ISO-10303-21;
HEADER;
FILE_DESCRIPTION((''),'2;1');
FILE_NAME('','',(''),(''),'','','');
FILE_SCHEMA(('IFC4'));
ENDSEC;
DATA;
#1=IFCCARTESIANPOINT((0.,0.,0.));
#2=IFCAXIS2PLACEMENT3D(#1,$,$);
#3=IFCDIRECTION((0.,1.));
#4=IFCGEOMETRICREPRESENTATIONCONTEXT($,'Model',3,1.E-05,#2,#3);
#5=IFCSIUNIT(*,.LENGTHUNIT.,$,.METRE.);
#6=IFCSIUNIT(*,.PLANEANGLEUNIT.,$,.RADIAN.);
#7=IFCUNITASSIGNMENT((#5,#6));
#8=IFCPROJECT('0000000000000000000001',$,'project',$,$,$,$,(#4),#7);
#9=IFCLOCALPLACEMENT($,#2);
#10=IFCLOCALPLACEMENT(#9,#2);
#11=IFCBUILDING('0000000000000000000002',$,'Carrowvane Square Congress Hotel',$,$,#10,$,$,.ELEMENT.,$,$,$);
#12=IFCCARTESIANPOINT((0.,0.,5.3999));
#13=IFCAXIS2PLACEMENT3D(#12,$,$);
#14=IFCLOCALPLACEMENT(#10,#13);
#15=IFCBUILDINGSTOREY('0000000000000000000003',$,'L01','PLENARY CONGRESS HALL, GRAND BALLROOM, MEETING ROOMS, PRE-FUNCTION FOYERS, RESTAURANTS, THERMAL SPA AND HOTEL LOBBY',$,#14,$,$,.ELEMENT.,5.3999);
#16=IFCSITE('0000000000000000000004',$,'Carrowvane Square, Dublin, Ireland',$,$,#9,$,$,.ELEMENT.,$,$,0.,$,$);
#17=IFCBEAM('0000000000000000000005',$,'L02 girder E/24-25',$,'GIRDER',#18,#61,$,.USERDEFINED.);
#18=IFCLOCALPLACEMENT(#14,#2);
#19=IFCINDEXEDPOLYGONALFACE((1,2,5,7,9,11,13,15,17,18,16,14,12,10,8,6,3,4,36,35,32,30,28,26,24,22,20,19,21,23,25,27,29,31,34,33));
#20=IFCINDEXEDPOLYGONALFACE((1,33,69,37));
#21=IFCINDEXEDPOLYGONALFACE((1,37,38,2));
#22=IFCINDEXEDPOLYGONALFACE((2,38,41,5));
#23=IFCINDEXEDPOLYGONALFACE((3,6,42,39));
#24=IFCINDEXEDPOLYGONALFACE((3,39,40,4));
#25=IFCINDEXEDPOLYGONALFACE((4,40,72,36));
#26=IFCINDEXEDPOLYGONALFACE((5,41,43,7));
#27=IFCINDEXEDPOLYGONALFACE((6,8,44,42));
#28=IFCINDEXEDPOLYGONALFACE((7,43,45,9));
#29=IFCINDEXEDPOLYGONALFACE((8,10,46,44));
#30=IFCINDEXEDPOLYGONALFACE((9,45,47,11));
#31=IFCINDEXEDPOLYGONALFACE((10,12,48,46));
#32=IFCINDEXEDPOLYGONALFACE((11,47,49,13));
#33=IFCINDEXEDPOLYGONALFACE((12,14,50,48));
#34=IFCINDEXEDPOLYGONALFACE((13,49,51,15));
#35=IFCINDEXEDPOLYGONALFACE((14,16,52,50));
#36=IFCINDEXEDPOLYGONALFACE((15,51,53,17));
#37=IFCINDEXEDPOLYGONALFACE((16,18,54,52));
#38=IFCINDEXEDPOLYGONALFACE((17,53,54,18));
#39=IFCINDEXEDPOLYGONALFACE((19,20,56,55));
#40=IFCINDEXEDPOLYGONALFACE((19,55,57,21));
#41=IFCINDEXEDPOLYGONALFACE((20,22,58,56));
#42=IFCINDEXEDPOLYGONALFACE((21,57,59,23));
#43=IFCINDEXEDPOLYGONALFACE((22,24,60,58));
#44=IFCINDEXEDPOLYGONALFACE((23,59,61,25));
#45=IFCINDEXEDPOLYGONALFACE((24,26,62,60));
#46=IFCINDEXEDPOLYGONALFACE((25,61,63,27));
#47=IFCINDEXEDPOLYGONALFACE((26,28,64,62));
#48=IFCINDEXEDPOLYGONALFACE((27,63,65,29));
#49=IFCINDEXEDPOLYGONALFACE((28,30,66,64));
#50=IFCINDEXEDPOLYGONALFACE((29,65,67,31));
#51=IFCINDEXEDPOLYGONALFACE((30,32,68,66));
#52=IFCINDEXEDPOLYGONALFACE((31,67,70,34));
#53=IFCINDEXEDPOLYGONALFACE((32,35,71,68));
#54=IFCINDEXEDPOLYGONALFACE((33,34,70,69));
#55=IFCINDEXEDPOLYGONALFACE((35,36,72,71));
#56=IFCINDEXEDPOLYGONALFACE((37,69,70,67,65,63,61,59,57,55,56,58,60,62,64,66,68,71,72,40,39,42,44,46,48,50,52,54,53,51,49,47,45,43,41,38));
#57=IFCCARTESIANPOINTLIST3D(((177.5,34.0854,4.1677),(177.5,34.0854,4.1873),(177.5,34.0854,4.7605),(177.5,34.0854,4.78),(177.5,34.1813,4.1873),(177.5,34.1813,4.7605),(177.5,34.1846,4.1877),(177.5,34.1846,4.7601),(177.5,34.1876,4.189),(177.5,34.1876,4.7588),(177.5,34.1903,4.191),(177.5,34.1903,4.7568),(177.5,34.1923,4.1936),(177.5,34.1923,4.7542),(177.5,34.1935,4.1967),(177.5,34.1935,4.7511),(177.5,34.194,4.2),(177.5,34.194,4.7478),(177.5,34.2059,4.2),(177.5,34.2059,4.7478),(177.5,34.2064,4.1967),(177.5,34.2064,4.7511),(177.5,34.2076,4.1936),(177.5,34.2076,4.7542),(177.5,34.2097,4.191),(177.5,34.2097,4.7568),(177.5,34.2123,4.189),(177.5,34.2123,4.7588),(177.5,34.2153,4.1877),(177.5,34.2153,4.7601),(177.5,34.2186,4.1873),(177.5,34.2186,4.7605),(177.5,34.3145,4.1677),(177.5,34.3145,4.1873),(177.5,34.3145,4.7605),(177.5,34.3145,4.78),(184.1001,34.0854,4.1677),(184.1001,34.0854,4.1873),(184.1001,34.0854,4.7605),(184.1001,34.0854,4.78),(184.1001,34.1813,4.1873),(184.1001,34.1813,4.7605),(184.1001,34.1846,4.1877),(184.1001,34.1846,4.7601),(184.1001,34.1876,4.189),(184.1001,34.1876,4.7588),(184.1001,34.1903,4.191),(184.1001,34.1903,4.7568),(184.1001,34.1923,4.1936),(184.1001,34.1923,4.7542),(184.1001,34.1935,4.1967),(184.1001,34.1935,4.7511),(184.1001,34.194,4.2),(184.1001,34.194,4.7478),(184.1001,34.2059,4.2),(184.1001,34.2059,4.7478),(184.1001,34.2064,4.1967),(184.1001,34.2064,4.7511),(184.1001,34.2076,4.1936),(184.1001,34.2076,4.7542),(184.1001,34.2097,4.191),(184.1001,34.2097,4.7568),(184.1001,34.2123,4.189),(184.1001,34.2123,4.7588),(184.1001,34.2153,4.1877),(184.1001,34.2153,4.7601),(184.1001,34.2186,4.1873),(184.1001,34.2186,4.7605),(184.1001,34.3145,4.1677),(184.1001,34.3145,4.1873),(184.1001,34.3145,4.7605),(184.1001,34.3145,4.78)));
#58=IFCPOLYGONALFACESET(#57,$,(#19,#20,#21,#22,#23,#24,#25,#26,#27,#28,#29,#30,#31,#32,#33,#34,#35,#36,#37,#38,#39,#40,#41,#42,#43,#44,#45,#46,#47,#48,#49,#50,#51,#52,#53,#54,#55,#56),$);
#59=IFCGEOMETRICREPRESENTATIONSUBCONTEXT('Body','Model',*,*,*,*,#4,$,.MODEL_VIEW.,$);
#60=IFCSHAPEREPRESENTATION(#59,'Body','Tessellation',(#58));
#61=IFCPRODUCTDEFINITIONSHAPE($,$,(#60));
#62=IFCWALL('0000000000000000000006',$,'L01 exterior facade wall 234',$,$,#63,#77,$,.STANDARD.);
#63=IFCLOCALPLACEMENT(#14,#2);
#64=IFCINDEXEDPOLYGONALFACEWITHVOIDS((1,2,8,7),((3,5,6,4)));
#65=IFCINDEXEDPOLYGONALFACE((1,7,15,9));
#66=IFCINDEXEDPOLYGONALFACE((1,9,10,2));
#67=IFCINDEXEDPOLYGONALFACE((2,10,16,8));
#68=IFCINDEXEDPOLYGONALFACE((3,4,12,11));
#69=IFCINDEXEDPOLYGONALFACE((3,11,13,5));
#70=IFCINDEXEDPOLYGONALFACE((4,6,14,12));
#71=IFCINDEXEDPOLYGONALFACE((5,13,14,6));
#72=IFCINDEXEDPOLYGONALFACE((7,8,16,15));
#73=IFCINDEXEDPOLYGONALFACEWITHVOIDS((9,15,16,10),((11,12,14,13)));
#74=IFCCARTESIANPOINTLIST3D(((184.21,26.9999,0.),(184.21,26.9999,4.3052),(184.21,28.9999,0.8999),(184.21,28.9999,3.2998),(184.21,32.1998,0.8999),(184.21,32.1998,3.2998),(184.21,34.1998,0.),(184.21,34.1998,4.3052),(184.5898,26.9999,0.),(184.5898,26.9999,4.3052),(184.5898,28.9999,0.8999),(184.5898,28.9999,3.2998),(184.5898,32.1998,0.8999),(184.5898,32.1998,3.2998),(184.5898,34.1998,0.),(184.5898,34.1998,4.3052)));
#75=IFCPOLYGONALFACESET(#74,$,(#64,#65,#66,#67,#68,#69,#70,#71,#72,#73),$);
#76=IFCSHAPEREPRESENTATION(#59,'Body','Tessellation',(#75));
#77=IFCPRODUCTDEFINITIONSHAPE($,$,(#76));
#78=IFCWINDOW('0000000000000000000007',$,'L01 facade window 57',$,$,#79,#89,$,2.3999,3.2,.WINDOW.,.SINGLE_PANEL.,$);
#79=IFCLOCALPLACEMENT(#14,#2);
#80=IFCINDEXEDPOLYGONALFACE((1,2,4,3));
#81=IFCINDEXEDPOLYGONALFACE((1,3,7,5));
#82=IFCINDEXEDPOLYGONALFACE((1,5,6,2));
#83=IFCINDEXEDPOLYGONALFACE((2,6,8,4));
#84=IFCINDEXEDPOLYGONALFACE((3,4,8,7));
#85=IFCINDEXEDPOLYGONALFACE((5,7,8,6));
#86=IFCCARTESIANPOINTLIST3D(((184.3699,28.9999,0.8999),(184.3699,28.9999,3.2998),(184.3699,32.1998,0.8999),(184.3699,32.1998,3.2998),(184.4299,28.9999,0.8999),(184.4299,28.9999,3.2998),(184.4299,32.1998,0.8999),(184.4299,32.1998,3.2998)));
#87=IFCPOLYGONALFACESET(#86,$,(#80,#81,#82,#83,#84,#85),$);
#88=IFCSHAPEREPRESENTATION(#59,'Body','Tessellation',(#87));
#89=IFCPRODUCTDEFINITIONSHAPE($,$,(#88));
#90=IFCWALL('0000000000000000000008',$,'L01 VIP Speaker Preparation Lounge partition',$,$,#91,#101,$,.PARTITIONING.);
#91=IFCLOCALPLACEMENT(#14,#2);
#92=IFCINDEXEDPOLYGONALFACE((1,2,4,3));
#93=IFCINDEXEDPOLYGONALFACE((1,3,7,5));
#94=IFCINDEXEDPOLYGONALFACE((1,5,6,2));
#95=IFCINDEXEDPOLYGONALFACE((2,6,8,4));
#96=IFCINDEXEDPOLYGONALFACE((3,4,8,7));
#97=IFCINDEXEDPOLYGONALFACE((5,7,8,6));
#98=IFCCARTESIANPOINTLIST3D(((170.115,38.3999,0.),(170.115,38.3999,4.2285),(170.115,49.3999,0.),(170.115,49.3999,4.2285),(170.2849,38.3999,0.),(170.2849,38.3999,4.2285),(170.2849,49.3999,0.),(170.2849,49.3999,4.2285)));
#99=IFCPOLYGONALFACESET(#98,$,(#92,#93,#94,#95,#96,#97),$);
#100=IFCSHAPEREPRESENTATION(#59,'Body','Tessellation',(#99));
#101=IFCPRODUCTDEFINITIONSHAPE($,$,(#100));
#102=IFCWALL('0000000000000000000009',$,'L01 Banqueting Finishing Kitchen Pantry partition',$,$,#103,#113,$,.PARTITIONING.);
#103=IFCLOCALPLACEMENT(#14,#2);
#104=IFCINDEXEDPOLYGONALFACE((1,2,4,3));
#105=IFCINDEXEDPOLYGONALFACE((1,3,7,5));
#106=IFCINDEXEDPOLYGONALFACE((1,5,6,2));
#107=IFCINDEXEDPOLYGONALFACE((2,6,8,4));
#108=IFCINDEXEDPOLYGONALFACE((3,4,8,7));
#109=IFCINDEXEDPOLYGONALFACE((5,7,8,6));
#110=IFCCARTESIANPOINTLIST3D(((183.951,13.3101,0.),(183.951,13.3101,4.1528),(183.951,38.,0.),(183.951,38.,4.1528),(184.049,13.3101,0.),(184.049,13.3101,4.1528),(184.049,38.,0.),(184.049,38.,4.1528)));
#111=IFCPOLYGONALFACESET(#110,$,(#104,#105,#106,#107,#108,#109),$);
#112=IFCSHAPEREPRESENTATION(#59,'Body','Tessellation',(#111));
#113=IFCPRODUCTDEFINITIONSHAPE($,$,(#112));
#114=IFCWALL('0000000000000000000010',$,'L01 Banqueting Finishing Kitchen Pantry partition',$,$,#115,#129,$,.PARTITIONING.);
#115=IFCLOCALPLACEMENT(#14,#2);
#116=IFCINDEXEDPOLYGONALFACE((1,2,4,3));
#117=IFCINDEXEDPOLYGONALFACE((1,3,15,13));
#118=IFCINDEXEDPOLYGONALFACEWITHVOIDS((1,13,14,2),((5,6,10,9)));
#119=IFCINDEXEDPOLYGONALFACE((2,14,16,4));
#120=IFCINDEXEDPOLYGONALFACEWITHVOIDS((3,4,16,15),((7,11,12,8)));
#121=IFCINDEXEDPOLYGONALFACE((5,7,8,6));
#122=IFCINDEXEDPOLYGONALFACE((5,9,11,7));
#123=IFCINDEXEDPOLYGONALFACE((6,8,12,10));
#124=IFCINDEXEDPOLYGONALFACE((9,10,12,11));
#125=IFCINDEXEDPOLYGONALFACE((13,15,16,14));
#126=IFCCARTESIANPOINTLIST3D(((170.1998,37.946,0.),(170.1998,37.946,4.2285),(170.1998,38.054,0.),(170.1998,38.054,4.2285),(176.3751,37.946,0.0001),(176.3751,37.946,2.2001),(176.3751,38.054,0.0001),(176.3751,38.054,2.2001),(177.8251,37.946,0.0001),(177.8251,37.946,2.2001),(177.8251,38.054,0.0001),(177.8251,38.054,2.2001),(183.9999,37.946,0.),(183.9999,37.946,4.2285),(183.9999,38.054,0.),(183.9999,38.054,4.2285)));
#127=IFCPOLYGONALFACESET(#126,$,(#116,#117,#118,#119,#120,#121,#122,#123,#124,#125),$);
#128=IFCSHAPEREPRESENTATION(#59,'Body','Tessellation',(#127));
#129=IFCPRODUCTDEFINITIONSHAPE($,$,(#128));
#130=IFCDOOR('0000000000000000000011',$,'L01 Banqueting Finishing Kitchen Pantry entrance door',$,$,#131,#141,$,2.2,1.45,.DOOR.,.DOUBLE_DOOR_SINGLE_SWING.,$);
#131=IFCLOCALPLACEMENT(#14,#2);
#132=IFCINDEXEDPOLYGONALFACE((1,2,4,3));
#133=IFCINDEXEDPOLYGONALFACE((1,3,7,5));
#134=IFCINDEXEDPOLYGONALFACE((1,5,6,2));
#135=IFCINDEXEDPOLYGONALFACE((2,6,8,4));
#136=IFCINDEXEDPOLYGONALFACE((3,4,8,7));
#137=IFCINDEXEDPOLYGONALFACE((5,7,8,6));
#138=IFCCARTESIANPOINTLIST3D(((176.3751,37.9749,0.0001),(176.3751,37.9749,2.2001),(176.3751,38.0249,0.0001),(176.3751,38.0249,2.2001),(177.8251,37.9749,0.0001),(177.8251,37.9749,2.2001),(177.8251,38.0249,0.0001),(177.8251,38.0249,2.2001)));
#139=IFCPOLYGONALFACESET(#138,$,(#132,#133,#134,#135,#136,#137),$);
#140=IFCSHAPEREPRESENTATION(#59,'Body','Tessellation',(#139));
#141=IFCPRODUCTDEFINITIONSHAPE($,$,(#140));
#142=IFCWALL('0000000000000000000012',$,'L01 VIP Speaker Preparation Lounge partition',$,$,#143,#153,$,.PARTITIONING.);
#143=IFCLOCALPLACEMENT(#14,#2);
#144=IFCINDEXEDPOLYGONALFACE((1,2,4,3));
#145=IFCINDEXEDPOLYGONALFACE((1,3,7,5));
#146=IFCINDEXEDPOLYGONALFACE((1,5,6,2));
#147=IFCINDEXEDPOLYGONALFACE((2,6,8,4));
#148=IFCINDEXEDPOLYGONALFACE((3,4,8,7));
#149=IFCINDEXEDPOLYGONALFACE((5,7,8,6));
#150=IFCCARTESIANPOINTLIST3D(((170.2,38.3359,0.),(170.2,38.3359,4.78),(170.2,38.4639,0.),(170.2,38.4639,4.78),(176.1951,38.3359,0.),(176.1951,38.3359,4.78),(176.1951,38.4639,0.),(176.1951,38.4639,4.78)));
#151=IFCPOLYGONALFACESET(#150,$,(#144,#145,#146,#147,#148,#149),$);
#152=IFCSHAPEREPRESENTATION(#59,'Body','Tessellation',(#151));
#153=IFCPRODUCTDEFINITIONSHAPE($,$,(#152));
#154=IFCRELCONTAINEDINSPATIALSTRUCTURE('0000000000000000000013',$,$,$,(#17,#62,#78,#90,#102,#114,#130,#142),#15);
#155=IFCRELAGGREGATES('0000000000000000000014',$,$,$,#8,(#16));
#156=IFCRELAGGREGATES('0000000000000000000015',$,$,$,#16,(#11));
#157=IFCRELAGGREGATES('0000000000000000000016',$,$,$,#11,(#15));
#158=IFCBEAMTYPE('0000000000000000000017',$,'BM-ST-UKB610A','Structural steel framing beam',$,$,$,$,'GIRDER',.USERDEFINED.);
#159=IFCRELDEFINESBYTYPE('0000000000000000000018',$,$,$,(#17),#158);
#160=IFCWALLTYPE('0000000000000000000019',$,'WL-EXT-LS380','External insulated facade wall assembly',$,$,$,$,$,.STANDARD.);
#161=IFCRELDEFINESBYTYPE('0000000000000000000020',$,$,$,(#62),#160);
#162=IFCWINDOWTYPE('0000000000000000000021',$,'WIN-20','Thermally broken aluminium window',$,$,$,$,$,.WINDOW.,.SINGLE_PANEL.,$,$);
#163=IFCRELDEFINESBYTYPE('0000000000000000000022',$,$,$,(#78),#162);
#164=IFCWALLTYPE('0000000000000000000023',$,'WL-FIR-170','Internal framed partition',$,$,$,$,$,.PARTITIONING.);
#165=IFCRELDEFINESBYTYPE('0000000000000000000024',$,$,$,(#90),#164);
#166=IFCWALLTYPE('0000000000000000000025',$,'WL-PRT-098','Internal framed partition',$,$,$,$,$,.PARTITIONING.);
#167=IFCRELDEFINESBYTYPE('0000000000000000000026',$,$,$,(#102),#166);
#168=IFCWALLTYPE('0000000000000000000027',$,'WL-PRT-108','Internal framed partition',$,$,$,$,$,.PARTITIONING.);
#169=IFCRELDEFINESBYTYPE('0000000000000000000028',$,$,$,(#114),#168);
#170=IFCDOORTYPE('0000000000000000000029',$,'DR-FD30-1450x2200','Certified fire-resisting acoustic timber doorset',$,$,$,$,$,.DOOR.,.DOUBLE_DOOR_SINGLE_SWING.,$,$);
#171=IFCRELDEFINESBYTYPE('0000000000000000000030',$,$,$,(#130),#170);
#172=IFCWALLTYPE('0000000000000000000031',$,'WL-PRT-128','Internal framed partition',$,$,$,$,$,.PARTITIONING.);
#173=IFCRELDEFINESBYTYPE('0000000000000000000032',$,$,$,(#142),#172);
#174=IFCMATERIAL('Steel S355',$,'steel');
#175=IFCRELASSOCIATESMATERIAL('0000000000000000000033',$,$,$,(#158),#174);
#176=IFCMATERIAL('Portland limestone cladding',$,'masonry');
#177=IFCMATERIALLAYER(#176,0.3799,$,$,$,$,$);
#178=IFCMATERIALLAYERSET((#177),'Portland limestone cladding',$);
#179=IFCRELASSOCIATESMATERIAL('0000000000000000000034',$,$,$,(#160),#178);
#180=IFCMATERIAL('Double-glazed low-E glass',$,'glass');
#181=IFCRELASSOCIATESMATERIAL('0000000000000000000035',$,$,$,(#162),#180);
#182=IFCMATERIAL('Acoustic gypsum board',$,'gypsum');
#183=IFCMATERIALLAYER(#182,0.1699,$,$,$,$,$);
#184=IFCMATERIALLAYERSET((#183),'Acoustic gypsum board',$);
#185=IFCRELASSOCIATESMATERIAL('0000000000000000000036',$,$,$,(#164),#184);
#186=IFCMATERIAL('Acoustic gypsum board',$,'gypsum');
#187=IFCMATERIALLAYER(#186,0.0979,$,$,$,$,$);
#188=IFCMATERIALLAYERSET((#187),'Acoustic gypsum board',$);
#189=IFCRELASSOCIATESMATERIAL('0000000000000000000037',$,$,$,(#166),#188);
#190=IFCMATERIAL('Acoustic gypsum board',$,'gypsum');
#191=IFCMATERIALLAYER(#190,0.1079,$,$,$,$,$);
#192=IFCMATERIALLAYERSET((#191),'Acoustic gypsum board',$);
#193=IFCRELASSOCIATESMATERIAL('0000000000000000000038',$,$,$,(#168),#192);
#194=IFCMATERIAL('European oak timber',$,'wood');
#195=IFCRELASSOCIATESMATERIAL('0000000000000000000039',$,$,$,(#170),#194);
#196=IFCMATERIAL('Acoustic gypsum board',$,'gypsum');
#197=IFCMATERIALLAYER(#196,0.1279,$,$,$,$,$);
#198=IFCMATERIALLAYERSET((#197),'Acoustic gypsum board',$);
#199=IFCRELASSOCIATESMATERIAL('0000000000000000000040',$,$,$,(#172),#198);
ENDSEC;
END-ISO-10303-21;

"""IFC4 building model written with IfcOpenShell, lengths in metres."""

from ifc_helpers import new_model, si_unit, direction, frame, frame_2d, origin, origin_2d, place, context, subcontext, project, spatial, rectangle, i_section, extrude, material, layer, layer_set, material_profile, profile_set, type_object, element, fill, save


model = new_model("IFC4")

# Units and contexts
model_context = context("Model", 3, precision=1e-05, world=origin(), true_north=direction((0.0, 1.0)))
body_context = subcontext(model_context, "Body", "Model", "MODEL_VIEW")
ifc_project = project(units=[si_unit("LENGTHUNIT", "METRE"), si_unit("PLANEANGLEUNIT", "RADIAN")], contexts=[model_context])

# Site, building, storey
site_placement = place(None, origin())
site = spatial("IfcSite", under=ifc_project, at=site_placement, Name="Carrowvane Square, Dublin, Ireland", CompositionType="ELEMENT", RefElevation=0.0)
building_placement = place(site_placement, origin())
building = spatial("IfcBuilding", under=site, at=building_placement, Name="Carrowvane Square Congress Hotel", CompositionType="ELEMENT")
storey_placement = place(building_placement, frame((0.0, 0.0, 5.3999)))
storey = spatial("IfcBuildingStorey", under=building, at=storey_placement, Name="L01", Description="PLENARY CONGRESS HALL, GRAND BALLROOM, MEETING ROOMS, PRE-FUNCTION FOYERS, RESTAURANTS, THERMAL SPA AND HOTEL LOBBY", CompositionType="ELEMENT", Elevation=5.3999)

# Beam
ifc_material_1 = material(Name="Steel S355", Category="steel")
ifc_material_profile_1 = material_profile(ifc_material_1, i_section(OverallWidth=0.229, OverallDepth=0.6123, WebThickness=0.012, FlangeThickness=0.0195, FilletRadius=0.0127, at=origin_2d()), Name="UKB 610x229x125")
ifc_profile_set_1 = profile_set([ifc_material_profile_1], Name="Steel S355")
beam_type_1 = type_object("IfcBeamType", Name="BM-ST-UKB610A", Description="Structural steel framing beam", ElementType="GIRDER", PredefinedType="USERDEFINED", material=ifc_profile_set_1)
beam_1_placement = place(storey_placement, frame((177.5, 34.2, 4.4739), z_axis=(1.0, 0.0, 0.0), x_axis=(0.0, 1.0, 0.0)))
element("IfcBeam", 1, at=beam_1_placement, inside=storey, type_object=beam_type_1, Name="L02 girder E/24-25", ObjectType="GIRDER", PredefinedType="USERDEFINED", context=body_context, shape_type="SweptSolid", body=[
    extrude(i_section(OverallWidth=0.229, OverallDepth=0.6123, WebThickness=0.012, FlangeThickness=0.0195, FilletRadius=0.0127, at=origin_2d()), origin(), (0.0, 0.0, 1.0), 6.6001),
])

# Wall, opening, window
ifc_material_2 = material(Name="Portland limestone cladding", Category="masonry")
ifc_layer_1 = layer(ifc_material_2, 0.3799)
ifc_layer_set_1 = layer_set([ifc_layer_1], Name="Portland limestone cladding")
wall_type_1 = type_object("IfcWallType", Name="WL-EXT-LS380", Description="External insulated facade wall assembly", PredefinedType="STANDARD", material=ifc_layer_set_1)
wall_1_placement = place(storey_placement, frame((184.3999, 34.2, 0.0), z_axis=(0.0, 0.0, 1.0), x_axis=(0.0, -1.0, 0.0)))
wall_1 = element("IfcWall", 2, at=wall_1_placement, inside=storey, type_object=wall_type_1, Name="L01 exterior facade wall 234", PredefinedType="STANDARD", context=body_context, shape_type="SweptSolid", body=[
    extrude(rectangle(XDim=7.2, YDim=0.3799, at=frame_2d((3.6001, 0.0))), origin(), (0.0, 0.0, 1.0), 4.3052),
])
opening_1_placement = place(wall_1_placement, frame((2.0, 0.0, 0.8999)))
opening_1 = element("IfcOpeningElement", 3, at=opening_1_placement, cuts=wall_1, PredefinedType="OPENING", context=body_context, shape_type="SweptSolid", body=[
    extrude(rectangle(XDim=3.2, YDim=2.3999, at=frame_2d((1.6001, 1.2))), frame((0.0, 0.2, 0.0), z_axis=(0.0, -1.0, 0.0), x_axis=(1.0, 0.0, 0.0)), (0.0, 0.0, 1.0), 0.3999),
])
ifc_material_3 = material(Name="Double-glazed low-E glass", Category="glass")
window_type = type_object("IfcWindowType", Name="WIN-20", Description="Thermally broken aluminium window", PartitioningType="SINGLE_PANEL", PredefinedType="WINDOW", material=ifc_material_3)
window_placement = place(opening_1_placement, origin())
window = element("IfcWindow", 4, at=window_placement, inside=storey, type_object=window_type, Name="L01 facade window 57", OverallHeight=2.3999, OverallWidth=3.2, PartitioningType="SINGLE_PANEL", PredefinedType="WINDOW", context=body_context, shape_type="SweptSolid", body=[
    extrude(rectangle(XDim=3.2, YDim=2.3999, at=frame_2d((1.6001, 1.2))), frame((0.0, 0.03, 0.0), z_axis=(0.0, -1.0, 0.0), x_axis=(1.0, 0.0, 0.0)), (0.0, 0.0, 1.0), 0.0601),
])
fill(opening_1, window)

# Walls
ifc_material_4 = material(Name="Acoustic gypsum board", Category="gypsum")
ifc_layer_2 = layer(ifc_material_4, 0.1699)
ifc_layer_set_2 = layer_set([ifc_layer_2], Name="Acoustic gypsum board")
wall_type_2 = type_object("IfcWallType", Name="WL-FIR-170", Description="Internal framed partition", PredefinedType="PARTITIONING", material=ifc_layer_set_2)
wall_2_placement = place(storey_placement, frame((170.2, 38.3999, 0.0), z_axis=(0.0, 0.0, 1.0), x_axis=(0.0, 1.0, 0.0)))
element("IfcWall", 5, at=wall_2_placement, inside=storey, type_object=wall_type_2, Name="L01 VIP Speaker Preparation Lounge partition", PredefinedType="PARTITIONING", context=body_context, shape_type="SweptSolid", body=[
    extrude(rectangle(XDim=11.0, YDim=0.1699, at=frame_2d((5.5, 0.0))), origin(), (0.0, 0.0, 1.0), 4.2285),
])
ifc_material_5 = material(Name="Acoustic gypsum board", Category="gypsum")
ifc_layer_3 = layer(ifc_material_5, 0.0979)
ifc_layer_set_3 = layer_set([ifc_layer_3], Name="Acoustic gypsum board")
wall_type_3 = type_object("IfcWallType", Name="WL-PRT-098", Description="Internal framed partition", PredefinedType="PARTITIONING", material=ifc_layer_set_3)
wall_3_placement = place(storey_placement, frame((184.0, 38.0, 0.0), z_axis=(0.0, 0.0, 1.0), x_axis=(0.0, -1.0, 0.0)))
element("IfcWall", 6, at=wall_3_placement, inside=storey, type_object=wall_type_3, Name="L01 Banqueting Finishing Kitchen Pantry partition", PredefinedType="PARTITIONING", context=body_context, shape_type="SweptSolid", body=[
    extrude(rectangle(XDim=24.6899, YDim=0.0979, at=frame_2d((12.345, 0.0))), origin(), (0.0, 0.0, 1.0), 4.1528),
])

# Wall, opening, door
ifc_material_6 = material(Name="Acoustic gypsum board", Category="gypsum")
ifc_layer_4 = layer(ifc_material_6, 0.1079)
ifc_layer_set_4 = layer_set([ifc_layer_4], Name="Acoustic gypsum board")
wall_type_4 = type_object("IfcWallType", Name="WL-PRT-108", Description="Internal framed partition", PredefinedType="PARTITIONING", material=ifc_layer_set_4)
wall_4_placement = place(storey_placement, frame((170.2, 38.0, 0.0), z_axis=(0.0, 0.0, 1.0), x_axis=(1.0, 0.0, 0.0)))
wall_4 = element("IfcWall", 7, at=wall_4_placement, inside=storey, type_object=wall_type_4, Name="L01 Banqueting Finishing Kitchen Pantry partition", PredefinedType="PARTITIONING", context=body_context, shape_type="SweptSolid", body=[
    extrude(rectangle(XDim=13.8, YDim=0.1079, at=frame_2d((6.8999, 0.0))), origin(), (0.0, 0.0, 1.0), 4.2285),
])
opening_2_placement = place(wall_4_placement, frame((6.175, 0.0, 0.0)))
opening_2 = element("IfcOpeningElement", 8, at=opening_2_placement, cuts=wall_4, PredefinedType="OPENING", context=body_context, shape_type="SweptSolid", body=[
    extrude(rectangle(XDim=1.45, YDim=2.2, at=frame_2d((0.7251, 1.1001))), frame((0.0, 0.064, 0.0), z_axis=(0.0, -1.0, 0.0), x_axis=(1.0, 0.0, 0.0)), (0.0, 0.0, 1.0), 0.1279),
])
ifc_material_7 = material(Name="European oak timber", Category="wood")
door_type = type_object("IfcDoorType", Name="DR-FD30-1450x2200", Description="Certified fire-resisting acoustic timber doorset", OperationType="DOUBLE_DOOR_SINGLE_SWING", PredefinedType="DOOR", material=ifc_material_7)
door_placement = place(opening_2_placement, origin())
door = element("IfcDoor", 9, at=door_placement, inside=storey, type_object=door_type, Name="L01 Banqueting Finishing Kitchen Pantry entrance door", OperationType="DOUBLE_DOOR_SINGLE_SWING", OverallHeight=2.2, OverallWidth=1.45, PredefinedType="DOOR", context=body_context, shape_type="SweptSolid", body=[
    extrude(rectangle(XDim=1.45, YDim=2.2, at=frame_2d((0.7251, 1.1001))), frame((0.0, 0.0249, 0.0), z_axis=(0.0, -1.0, 0.0), x_axis=(1.0, 0.0, 0.0)), (0.0, 0.0, 1.0), 0.05),
])
fill(opening_2, door)

# Wall
ifc_material_8 = material(Name="Acoustic gypsum board", Category="gypsum")
ifc_layer_5 = layer(ifc_material_8, 0.1279)
ifc_layer_set_5 = layer_set([ifc_layer_5], Name="Acoustic gypsum board")
wall_type_5 = type_object("IfcWallType", Name="WL-PRT-128", Description="Internal framed partition", PredefinedType="PARTITIONING", material=ifc_layer_set_5)
wall_5_placement = place(storey_placement, frame((176.1951, 38.3999, 0.0), z_axis=(0.0, 0.0, 1.0), x_axis=(-1.0, 0.0, 0.0)))
element("IfcWall", 10, at=wall_5_placement, inside=storey, type_object=wall_type_5, Name="L01 VIP Speaker Preparation Lounge partition", PredefinedType="PARTITIONING", context=body_context, shape_type="SweptSolid", body=[
    extrude(rectangle(XDim=5.9951, YDim=0.1279, at=frame_2d((2.9976, 0.0))), origin(), (0.0, 0.0, 1.0), 4.78),
])

save(model, "model.ifc")
